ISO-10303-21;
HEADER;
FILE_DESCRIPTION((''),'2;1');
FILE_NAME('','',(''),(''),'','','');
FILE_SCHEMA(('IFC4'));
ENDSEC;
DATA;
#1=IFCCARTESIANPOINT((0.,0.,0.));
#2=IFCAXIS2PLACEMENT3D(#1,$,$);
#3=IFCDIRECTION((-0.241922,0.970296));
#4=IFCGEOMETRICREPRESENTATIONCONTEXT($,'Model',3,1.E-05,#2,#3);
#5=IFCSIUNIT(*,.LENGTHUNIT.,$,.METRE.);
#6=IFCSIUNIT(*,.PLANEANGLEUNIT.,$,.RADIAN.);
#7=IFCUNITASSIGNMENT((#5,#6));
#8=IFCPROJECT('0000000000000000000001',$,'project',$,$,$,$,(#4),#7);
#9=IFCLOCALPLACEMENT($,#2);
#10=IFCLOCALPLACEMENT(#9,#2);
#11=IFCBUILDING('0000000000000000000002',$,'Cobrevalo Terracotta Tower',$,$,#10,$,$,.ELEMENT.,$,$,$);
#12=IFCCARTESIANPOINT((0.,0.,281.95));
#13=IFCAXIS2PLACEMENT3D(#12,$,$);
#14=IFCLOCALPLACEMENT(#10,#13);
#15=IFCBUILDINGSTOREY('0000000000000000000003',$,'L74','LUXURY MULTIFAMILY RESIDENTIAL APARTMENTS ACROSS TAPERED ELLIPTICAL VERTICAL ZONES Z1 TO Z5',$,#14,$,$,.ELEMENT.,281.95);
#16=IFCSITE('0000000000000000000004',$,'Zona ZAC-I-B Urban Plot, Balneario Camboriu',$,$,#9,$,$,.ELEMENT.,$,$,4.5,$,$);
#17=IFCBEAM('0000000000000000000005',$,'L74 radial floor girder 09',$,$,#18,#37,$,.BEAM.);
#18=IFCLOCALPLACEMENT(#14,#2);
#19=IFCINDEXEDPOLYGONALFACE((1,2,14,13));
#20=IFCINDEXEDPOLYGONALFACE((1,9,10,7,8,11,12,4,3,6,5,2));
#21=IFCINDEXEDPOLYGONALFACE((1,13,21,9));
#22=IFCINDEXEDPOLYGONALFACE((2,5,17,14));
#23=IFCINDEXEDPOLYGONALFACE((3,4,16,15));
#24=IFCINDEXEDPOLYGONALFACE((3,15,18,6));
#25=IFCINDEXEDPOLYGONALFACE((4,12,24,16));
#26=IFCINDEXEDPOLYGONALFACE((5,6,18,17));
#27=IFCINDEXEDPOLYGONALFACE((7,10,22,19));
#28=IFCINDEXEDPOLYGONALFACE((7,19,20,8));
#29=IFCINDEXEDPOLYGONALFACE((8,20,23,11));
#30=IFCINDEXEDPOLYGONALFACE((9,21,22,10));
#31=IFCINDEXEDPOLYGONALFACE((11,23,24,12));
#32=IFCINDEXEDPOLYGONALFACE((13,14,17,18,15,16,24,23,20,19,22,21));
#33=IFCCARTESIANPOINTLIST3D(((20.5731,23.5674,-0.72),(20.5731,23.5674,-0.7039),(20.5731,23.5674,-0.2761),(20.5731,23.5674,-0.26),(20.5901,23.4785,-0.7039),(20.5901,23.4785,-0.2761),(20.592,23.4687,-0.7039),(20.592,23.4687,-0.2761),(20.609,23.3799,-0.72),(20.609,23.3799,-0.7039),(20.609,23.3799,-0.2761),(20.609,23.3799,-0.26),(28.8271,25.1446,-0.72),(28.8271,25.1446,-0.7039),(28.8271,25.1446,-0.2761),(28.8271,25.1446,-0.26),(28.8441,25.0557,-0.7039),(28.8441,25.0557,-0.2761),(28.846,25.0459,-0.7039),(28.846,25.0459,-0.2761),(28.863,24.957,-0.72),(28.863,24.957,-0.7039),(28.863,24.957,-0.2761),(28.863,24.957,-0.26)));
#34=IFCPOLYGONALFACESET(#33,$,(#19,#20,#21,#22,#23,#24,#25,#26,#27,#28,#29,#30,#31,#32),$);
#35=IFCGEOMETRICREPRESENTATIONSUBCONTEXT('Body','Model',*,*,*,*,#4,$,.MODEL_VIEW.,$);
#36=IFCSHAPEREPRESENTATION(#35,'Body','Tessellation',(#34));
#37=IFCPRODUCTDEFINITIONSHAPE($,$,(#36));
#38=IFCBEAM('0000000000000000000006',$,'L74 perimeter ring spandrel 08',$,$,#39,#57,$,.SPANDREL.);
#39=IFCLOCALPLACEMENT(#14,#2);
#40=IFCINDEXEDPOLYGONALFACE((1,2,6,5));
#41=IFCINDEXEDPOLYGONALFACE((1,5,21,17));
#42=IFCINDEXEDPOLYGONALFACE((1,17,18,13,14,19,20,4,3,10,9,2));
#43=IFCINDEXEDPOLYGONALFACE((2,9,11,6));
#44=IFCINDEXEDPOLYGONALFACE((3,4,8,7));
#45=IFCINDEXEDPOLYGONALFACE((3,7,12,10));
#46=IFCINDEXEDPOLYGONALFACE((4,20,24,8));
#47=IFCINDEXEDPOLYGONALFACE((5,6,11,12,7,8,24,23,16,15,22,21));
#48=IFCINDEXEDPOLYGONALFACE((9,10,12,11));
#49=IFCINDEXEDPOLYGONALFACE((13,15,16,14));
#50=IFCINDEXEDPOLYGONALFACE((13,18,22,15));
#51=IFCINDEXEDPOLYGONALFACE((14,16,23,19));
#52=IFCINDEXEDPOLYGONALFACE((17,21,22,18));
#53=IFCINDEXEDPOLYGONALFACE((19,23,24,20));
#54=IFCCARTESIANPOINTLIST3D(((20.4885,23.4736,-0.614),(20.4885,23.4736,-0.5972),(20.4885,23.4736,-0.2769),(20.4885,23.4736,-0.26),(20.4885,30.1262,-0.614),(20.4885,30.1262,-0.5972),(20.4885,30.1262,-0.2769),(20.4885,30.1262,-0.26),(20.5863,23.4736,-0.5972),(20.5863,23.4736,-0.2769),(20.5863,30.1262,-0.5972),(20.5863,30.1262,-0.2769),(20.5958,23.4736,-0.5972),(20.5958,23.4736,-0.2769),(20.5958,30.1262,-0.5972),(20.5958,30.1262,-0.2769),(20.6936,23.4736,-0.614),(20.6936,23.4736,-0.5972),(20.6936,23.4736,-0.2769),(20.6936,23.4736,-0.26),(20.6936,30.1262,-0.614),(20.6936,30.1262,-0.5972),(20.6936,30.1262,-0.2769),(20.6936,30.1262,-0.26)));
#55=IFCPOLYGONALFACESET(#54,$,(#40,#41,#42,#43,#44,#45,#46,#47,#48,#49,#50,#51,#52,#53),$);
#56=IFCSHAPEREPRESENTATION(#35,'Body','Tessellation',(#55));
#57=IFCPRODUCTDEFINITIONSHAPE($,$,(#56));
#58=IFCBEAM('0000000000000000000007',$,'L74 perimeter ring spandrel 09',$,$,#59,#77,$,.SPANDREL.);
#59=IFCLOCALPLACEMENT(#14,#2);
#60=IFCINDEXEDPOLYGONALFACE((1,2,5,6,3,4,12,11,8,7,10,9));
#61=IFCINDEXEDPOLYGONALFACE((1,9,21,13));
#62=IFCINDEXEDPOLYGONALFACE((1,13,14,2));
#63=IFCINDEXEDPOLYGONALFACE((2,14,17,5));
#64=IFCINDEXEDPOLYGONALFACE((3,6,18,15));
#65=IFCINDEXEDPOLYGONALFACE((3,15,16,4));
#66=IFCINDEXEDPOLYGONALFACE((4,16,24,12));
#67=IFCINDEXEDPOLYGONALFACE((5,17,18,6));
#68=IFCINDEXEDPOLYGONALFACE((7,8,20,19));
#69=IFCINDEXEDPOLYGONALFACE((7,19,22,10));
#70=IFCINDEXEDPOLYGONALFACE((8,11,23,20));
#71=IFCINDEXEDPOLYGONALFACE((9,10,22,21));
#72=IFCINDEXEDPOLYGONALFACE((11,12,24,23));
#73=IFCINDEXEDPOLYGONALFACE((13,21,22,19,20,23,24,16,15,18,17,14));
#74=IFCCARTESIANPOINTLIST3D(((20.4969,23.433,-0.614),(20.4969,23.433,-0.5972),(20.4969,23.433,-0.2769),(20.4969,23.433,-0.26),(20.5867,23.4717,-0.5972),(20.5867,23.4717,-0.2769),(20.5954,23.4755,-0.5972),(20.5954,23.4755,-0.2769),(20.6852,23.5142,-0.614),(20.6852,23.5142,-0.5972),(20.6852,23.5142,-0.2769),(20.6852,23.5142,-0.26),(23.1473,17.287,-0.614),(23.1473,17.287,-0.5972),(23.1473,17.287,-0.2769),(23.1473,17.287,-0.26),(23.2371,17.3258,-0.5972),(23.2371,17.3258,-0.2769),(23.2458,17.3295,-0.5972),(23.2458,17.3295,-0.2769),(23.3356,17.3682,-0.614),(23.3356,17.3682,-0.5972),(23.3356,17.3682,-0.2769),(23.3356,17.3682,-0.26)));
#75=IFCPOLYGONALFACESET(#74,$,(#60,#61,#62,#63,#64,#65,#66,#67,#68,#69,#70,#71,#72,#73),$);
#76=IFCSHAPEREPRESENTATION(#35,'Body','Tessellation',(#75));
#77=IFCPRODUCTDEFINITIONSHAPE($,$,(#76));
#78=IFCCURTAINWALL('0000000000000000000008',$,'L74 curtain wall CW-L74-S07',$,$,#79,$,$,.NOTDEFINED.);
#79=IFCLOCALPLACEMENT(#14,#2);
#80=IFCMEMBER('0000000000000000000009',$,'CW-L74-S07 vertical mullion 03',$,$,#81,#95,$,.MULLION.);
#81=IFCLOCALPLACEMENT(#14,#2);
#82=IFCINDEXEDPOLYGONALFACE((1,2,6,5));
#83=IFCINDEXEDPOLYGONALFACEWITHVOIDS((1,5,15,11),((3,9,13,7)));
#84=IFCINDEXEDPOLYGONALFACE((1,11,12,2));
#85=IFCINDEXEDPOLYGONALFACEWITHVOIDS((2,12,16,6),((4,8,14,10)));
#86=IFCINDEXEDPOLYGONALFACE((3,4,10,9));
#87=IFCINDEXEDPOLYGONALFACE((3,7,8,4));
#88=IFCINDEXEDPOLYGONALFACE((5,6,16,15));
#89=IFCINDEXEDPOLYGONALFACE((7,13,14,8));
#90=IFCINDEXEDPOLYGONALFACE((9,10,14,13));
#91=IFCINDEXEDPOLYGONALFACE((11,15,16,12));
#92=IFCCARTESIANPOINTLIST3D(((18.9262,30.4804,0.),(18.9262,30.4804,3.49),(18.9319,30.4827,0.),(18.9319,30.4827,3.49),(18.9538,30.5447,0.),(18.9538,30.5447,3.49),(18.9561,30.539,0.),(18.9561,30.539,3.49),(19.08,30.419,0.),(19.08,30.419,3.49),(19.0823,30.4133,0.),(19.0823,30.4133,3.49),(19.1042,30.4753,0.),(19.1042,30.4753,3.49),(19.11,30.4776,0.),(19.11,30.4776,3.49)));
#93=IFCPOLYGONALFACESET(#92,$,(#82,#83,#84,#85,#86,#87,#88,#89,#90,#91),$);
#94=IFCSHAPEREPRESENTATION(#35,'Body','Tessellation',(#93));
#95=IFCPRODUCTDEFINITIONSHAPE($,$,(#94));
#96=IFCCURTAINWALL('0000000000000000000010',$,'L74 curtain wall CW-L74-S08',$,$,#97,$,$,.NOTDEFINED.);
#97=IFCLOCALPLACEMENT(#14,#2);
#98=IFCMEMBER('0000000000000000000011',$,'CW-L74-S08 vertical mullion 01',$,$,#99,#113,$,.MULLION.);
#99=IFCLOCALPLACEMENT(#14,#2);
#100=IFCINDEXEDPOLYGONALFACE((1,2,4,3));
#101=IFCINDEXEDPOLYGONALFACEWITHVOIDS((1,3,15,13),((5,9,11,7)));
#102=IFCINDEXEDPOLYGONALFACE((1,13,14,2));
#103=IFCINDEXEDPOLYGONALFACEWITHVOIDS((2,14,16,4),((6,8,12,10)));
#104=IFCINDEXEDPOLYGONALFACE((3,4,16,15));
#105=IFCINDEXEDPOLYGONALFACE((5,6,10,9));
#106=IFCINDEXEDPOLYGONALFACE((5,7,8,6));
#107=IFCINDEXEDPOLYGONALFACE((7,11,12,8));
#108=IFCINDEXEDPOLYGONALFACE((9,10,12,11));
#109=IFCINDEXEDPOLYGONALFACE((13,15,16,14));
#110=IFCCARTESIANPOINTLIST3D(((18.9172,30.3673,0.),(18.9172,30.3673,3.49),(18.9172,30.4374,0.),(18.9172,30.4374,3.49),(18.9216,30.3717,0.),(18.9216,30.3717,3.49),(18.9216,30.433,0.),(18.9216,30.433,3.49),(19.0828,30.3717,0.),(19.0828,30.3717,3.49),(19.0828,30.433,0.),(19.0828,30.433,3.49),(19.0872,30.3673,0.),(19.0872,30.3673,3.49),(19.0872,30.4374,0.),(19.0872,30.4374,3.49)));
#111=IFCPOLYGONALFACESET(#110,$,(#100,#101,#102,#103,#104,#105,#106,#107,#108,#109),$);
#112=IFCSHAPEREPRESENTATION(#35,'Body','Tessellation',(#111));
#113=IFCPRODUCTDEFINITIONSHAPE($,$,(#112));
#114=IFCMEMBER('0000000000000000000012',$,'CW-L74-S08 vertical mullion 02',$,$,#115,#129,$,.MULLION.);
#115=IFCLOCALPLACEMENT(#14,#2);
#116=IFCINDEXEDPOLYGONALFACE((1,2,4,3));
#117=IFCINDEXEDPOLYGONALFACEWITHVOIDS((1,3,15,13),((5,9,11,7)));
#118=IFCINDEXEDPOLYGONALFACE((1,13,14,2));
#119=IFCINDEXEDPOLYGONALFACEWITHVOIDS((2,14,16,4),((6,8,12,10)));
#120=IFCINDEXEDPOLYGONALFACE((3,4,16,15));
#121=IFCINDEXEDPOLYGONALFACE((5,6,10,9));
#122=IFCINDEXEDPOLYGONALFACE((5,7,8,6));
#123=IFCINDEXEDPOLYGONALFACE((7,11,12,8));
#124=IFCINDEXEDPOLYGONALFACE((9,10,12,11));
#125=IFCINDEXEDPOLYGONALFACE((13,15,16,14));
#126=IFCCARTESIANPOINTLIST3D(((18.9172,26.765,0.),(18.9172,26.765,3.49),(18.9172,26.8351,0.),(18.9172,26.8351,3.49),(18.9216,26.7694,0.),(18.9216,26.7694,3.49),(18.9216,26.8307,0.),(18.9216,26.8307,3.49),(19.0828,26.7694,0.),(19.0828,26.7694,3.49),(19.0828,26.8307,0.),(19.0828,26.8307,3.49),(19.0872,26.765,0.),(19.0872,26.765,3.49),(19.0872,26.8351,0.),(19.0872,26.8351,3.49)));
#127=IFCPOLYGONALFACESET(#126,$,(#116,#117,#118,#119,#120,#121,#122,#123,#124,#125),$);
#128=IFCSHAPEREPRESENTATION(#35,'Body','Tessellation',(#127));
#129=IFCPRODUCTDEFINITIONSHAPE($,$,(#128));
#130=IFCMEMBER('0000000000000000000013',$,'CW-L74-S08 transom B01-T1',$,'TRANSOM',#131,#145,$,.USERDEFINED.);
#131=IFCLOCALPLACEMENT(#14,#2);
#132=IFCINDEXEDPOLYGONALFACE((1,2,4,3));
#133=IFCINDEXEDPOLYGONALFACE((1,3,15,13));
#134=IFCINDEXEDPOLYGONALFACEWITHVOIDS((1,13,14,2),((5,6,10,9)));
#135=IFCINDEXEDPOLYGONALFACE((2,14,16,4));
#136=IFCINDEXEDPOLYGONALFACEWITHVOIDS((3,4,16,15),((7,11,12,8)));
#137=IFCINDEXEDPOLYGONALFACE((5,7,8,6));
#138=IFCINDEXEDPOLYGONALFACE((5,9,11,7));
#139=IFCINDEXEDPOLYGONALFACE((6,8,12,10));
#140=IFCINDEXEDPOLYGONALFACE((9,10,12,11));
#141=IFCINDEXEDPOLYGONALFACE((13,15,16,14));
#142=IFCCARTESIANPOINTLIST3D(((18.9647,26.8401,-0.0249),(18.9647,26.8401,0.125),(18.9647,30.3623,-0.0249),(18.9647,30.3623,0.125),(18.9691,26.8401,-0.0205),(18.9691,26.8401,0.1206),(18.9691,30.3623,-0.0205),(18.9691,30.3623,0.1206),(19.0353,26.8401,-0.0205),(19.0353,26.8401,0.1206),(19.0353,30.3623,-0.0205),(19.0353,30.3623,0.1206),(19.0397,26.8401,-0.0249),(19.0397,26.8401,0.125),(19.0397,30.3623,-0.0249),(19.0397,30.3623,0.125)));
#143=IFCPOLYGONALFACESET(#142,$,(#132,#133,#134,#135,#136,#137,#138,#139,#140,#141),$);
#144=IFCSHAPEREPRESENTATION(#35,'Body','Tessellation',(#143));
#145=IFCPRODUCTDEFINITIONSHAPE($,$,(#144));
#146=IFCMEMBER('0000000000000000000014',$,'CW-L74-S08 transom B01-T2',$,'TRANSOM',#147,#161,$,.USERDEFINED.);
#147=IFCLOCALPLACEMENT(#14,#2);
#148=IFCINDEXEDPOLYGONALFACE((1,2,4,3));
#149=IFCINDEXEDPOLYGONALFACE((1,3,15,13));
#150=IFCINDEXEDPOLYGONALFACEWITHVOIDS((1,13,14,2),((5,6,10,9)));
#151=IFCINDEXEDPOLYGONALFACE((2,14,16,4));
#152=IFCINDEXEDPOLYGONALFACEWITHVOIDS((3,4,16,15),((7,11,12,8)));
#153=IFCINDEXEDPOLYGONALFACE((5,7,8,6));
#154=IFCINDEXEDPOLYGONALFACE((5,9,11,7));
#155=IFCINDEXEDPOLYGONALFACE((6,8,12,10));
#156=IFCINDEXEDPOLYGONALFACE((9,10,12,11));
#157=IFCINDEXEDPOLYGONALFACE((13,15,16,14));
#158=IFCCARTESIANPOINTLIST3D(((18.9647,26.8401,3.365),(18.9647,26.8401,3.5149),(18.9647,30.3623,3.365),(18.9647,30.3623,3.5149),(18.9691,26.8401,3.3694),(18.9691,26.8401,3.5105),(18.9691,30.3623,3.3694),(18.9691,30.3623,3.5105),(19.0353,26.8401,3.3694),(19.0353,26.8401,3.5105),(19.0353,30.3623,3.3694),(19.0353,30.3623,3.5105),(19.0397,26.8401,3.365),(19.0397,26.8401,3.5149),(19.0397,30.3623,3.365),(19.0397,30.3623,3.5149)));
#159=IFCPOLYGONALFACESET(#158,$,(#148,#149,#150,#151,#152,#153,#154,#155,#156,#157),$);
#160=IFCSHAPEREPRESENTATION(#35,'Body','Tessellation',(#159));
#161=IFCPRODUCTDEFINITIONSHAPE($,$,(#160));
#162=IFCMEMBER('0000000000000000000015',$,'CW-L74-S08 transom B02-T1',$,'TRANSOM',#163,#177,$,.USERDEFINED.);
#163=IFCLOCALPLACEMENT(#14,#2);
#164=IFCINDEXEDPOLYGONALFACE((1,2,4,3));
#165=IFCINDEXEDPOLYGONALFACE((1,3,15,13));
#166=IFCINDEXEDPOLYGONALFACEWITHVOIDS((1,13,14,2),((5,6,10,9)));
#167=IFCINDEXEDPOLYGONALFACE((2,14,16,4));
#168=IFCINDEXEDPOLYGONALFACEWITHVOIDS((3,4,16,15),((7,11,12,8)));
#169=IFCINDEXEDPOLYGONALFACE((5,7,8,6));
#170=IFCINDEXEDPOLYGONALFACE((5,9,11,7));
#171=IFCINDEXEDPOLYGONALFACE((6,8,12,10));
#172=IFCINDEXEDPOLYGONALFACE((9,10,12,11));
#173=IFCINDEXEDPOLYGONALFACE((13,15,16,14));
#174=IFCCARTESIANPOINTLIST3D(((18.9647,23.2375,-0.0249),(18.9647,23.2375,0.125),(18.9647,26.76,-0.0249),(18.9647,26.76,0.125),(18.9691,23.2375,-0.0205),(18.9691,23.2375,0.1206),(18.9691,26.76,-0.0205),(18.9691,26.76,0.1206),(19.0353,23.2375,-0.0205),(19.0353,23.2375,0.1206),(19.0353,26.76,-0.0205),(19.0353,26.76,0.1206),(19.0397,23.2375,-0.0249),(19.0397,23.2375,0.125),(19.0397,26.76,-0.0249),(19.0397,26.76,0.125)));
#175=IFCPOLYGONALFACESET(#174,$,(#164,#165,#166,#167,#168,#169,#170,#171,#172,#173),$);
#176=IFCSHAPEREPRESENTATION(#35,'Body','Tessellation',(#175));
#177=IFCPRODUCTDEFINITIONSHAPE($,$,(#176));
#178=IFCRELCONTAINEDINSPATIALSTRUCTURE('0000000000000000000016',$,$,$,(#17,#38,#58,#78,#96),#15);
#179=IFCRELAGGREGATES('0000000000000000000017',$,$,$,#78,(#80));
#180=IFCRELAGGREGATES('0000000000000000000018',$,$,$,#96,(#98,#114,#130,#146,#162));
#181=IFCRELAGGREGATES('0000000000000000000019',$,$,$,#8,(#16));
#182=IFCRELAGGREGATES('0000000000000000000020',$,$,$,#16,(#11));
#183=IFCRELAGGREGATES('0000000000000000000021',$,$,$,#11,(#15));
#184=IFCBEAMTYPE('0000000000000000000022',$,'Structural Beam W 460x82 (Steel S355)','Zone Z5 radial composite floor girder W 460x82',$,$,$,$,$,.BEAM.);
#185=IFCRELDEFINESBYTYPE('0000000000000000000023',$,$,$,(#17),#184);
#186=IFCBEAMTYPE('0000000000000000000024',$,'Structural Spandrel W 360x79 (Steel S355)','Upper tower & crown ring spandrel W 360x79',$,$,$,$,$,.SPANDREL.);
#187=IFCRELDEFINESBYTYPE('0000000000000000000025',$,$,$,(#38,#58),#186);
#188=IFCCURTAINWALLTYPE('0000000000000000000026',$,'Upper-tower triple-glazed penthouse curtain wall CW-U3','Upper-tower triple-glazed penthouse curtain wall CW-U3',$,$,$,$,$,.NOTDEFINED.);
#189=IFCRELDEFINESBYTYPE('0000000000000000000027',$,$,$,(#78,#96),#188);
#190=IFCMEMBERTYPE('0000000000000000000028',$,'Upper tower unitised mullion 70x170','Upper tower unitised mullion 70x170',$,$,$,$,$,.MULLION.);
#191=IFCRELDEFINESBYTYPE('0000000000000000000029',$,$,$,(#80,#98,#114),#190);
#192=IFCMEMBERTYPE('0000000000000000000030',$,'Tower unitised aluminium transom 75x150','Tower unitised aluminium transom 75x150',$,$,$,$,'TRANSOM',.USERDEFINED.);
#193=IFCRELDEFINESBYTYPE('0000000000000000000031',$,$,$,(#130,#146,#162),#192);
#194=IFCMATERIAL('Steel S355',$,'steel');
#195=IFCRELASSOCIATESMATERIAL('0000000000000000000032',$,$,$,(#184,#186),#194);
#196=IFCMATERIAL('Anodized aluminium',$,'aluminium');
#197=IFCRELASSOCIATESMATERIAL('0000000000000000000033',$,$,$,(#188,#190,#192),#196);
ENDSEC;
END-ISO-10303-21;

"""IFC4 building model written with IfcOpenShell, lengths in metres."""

from ifc_helpers import new_model, si_unit, direction, frame, origin, origin_2d, place, context, subcontext, project, spatial, hollow_rectangle, i_section, extrude, source, transform, mapped, material, material_profile, profile_set, type_object, element, aggregate, save


model = new_model("IFC4")

# Units and contexts
model_context = context("Model", 3, precision=1e-05, world=origin(), true_north=direction((-0.241922, 0.970296)))
body_context = subcontext(model_context, "Body", "Model", "MODEL_VIEW")
ifc_project = project(units=[si_unit("LENGTHUNIT", "METRE"), si_unit("PLANEANGLEUNIT", "RADIAN")], contexts=[model_context])

# Site, building, storey
site_placement = place(None, origin())
site = spatial("IfcSite", under=ifc_project, at=site_placement, Name="Zona ZAC-I-B Urban Plot, Balneario Camboriu", CompositionType="ELEMENT", RefElevation=4.5)
building_placement = place(site_placement, origin())
building = spatial("IfcBuilding", under=site, at=building_placement, Name="Cobrevalo Terracotta Tower", CompositionType="ELEMENT")
storey_placement = place(building_placement, frame((0.0, 0.0, 281.95)))
storey = spatial("IfcBuildingStorey", under=building, at=storey_placement, Name="L74", Description="LUXURY MULTIFAMILY RESIDENTIAL APARTMENTS ACROSS TAPERED ELLIPTICAL VERTICAL ZONES Z1 TO Z5", CompositionType="ELEMENT", Elevation=281.95)

# Shared definitions
ifc_material_1 = material(Name="Steel S355", Category="steel")

# Beams
ifc_material_profile_1 = material_profile(ifc_material_1, i_section(OverallWidth=0.1909, OverallDepth=0.46, WebThickness=0.01, FlangeThickness=0.0161, at=origin_2d()), Name="W 460x82")
ifc_profile_set_1 = profile_set([ifc_material_profile_1], Name="Steel S355")
beam_type_1 = type_object("IfcBeamType", Name="Structural Beam W 460x82 (Steel S355)", Description="Zone Z5 radial composite floor girder W 460x82", PredefinedType="BEAM", material=ifc_profile_set_1)
beam_1_placement = place(storey_placement, frame((20.5911, 23.4736, -0.49), z_axis=(0.98223, 0.187683, 0.0), x_axis=(-0.187683, 0.98223, 0.0)))
element("IfcBeam", 1, at=beam_1_placement, inside=storey, type_object=beam_type_1, Name="L74 radial floor girder 09", PredefinedType="BEAM", context=body_context, shape_type="SweptSolid", body=[
    extrude(i_section(OverallWidth=0.1909, OverallDepth=0.46, WebThickness=0.01, FlangeThickness=0.0161, at=origin_2d()), origin(), (0.0, 0.0, 1.0), 8.4033),
])
ifc_material_profile_2 = material_profile(ifc_material_1, i_section(OverallWidth=0.2051, OverallDepth=0.354, WebThickness=0.0095, FlangeThickness=0.0168, at=origin_2d()), Name="W 360x79")
ifc_profile_set_2 = profile_set([ifc_material_profile_2], Name="Steel S355")
beam_type_2 = type_object("IfcBeamType", Name="Structural Spandrel W 360x79 (Steel S355)", Description="Upper tower & crown ring spandrel W 360x79", PredefinedType="SPANDREL", material=ifc_profile_set_2)
beam_2_placement = place(storey_placement, frame((20.5911, 30.1262, -0.437), z_axis=(0.0, -1.0, 0.0), x_axis=(1.0, 0.0, 0.0)))
element("IfcBeam", 2, at=beam_2_placement, inside=storey, type_object=beam_type_2, Name="L74 perimeter ring spandrel 08", PredefinedType="SPANDREL", context=body_context, shape_type="SweptSolid", body=[
    extrude(i_section(OverallWidth=0.2051, OverallDepth=0.354, WebThickness=0.0095, FlangeThickness=0.0168, at=origin_2d()), origin(), (0.0, 0.0, 1.0), 6.6526),
])
beam_3_placement = place(storey_placement, frame((20.5911, 23.4736, -0.437), z_axis=(0.395987, -0.918256, 0.0), x_axis=(0.918256, 0.395987, 0.0)))
element("IfcBeam", 3, at=beam_3_placement, inside=storey, type_object=beam_type_2, Name="L74 perimeter ring spandrel 09", PredefinedType="SPANDREL", context=body_context, shape_type="SweptSolid", body=[
    extrude(i_section(OverallWidth=0.2051, OverallDepth=0.354, WebThickness=0.0095, FlangeThickness=0.0168, at=origin_2d()), origin(), (0.0, 0.0, 1.0), 6.6931),
])

# Curtain wall, member
ifc_material_2 = material(Name="Anodized aluminium", Category="aluminium")
curtain_wall_type = type_object("IfcCurtainWallType", Name="Upper-tower triple-glazed penthouse curtain wall CW-U3", Description="Upper-tower triple-glazed penthouse curtain wall CW-U3", PredefinedType="NOTDEFINED", material=ifc_material_2)
curtain_wall_1_placement = place(storey_placement, origin())
curtain_wall_1 = element("IfcCurtainWall", 4, at=curtain_wall_1_placement, inside=storey, type_object=curtain_wall_type, Name="L74 curtain wall CW-L74-S07", PredefinedType="NOTDEFINED")
ifc_material_profile_3 = material_profile(ifc_material_2, hollow_rectangle(XDim=0.0701, YDim=0.1699, WallThickness=0.0044, at=origin_2d()), Name="CWM 70x170")
ifc_profile_set_3 = profile_set([ifc_material_profile_3], Name="Anodized aluminium")
member_type_1 = type_object("IfcMemberType", Name="Upper tower unitised mullion 70x170", Description="Upper tower unitised mullion 70x170", PredefinedType="MULLION", material=ifc_profile_set_3)
shared_shape_1 = source(origin(), body_context, "Body", "SweptSolid", [
    extrude(hollow_rectangle(XDim=0.0701, YDim=0.1699, WallThickness=0.0044, at=origin_2d()), origin(), (0.0, 0.0, 1.0), 3.49),
])
member_1_placement = place(storey_placement, frame((19.0181, 30.479, 0.0), z_axis=(0.0, 0.0, 1.0), x_axis=(-0.394824, -0.918757, 0.0)))
member_1 = element("IfcMember", 5, at=member_1_placement, type_object=member_type_1, Name="CW-L74-S07 vertical mullion 03", PredefinedType="MULLION", context=body_context, shape_type="MappedRepresentation", body=[
    mapped(shared_shape_1, transform((0.0, 0.0, 0.0), scale=1.0)),
])

# Curtain wall, members
curtain_wall_2_placement = place(storey_placement, origin())
curtain_wall_2 = element("IfcCurtainWall", 6, at=curtain_wall_2_placement, inside=storey, type_object=curtain_wall_type, Name="L74 curtain wall CW-L74-S08", PredefinedType="NOTDEFINED")
member_2_placement = place(storey_placement, frame((19.0022, 30.4023, 0.0), z_axis=(0.0, 0.0, 1.0), x_axis=(0.0, -1.0, 0.0)))
member_2 = element("IfcMember", 7, at=member_2_placement, type_object=member_type_1, Name="CW-L74-S08 vertical mullion 01", PredefinedType="MULLION", context=body_context, shape_type="MappedRepresentation", body=[
    mapped(shared_shape_1, transform((0.0, 0.0, 0.0), scale=1.0)),
])
member_3_placement = place(storey_placement, frame((19.0022, 26.8, 0.0), z_axis=(0.0, 0.0, 1.0), x_axis=(0.0, -1.0, 0.0)))
member_3 = element("IfcMember", 8, at=member_3_placement, type_object=member_type_1, Name="CW-L74-S08 vertical mullion 02", PredefinedType="MULLION", context=body_context, shape_type="MappedRepresentation", body=[
    mapped(shared_shape_1, transform((0.0, 0.0, 0.0), scale=1.0)),
])
ifc_material_profile_4 = material_profile(ifc_material_2, hollow_rectangle(XDim=0.075, YDim=0.1499, WallThickness=0.0044, at=origin_2d()), Name="CWT 75x150")
ifc_profile_set_4 = profile_set([ifc_material_profile_4], Name="Anodized aluminium")
member_type_2 = type_object("IfcMemberType", Name="Tower unitised aluminium transom 75x150", Description="Tower unitised aluminium transom 75x150", ElementType="TRANSOM", PredefinedType="USERDEFINED", material=ifc_profile_set_4)
shared_shape_2 = source(origin(), body_context, "Body", "SweptSolid", [
    extrude(hollow_rectangle(XDim=0.075, YDim=0.1499, WallThickness=0.0044, at=origin_2d()), origin(), (0.0, 0.0, 1.0), 3.5222),
])
member_4_placement = place(storey_placement, frame((19.0022, 30.3623, 0.05), z_axis=(0.0, -1.0, 0.0), x_axis=(1.0, 0.0, 0.0)))
member_4 = element("IfcMember", 9, at=member_4_placement, type_object=member_type_2, Name="CW-L74-S08 transom B01-T1", ObjectType="TRANSOM", PredefinedType="USERDEFINED", context=body_context, shape_type="MappedRepresentation", body=[
    mapped(shared_shape_2, transform((0.0, 0.0, 0.0), scale=1.0)),
])
member_5_placement = place(storey_placement, frame((19.0022, 30.3623, 3.4399), z_axis=(0.0, -1.0, 0.0), x_axis=(1.0, 0.0, 0.0)))
member_5 = element("IfcMember", 10, at=member_5_placement, type_object=member_type_2, Name="CW-L74-S08 transom B01-T2", ObjectType="TRANSOM", PredefinedType="USERDEFINED", context=body_context, shape_type="MappedRepresentation", body=[
    mapped(shared_shape_2, transform((0.0, 0.0, 0.0), scale=1.0)),
])
shared_shape_3 = source(origin(), body_context, "Body", "SweptSolid", [
    extrude(hollow_rectangle(XDim=0.075, YDim=0.1499, WallThickness=0.0044, at=origin_2d()), origin(), (0.0, 0.0, 1.0), 3.5225),
])
member_6_placement = place(storey_placement, frame((19.0022, 26.76, 0.05), z_axis=(0.0, -1.0, 0.0), x_axis=(1.0, 0.0, 0.0)))
member_6 = element("IfcMember", 11, at=member_6_placement, type_object=member_type_2, Name="CW-L74-S08 transom B02-T1", ObjectType="TRANSOM", PredefinedType="USERDEFINED", context=body_context, shape_type="MappedRepresentation", body=[
    mapped(shared_shape_3, transform((0.0, 0.0, 0.0), scale=1.0)),
])

aggregate(curtain_wall_1, [member_1])
aggregate(curtain_wall_2, [member_2, member_3, member_4, member_5, member_6])

save(model, "model.ifc")
